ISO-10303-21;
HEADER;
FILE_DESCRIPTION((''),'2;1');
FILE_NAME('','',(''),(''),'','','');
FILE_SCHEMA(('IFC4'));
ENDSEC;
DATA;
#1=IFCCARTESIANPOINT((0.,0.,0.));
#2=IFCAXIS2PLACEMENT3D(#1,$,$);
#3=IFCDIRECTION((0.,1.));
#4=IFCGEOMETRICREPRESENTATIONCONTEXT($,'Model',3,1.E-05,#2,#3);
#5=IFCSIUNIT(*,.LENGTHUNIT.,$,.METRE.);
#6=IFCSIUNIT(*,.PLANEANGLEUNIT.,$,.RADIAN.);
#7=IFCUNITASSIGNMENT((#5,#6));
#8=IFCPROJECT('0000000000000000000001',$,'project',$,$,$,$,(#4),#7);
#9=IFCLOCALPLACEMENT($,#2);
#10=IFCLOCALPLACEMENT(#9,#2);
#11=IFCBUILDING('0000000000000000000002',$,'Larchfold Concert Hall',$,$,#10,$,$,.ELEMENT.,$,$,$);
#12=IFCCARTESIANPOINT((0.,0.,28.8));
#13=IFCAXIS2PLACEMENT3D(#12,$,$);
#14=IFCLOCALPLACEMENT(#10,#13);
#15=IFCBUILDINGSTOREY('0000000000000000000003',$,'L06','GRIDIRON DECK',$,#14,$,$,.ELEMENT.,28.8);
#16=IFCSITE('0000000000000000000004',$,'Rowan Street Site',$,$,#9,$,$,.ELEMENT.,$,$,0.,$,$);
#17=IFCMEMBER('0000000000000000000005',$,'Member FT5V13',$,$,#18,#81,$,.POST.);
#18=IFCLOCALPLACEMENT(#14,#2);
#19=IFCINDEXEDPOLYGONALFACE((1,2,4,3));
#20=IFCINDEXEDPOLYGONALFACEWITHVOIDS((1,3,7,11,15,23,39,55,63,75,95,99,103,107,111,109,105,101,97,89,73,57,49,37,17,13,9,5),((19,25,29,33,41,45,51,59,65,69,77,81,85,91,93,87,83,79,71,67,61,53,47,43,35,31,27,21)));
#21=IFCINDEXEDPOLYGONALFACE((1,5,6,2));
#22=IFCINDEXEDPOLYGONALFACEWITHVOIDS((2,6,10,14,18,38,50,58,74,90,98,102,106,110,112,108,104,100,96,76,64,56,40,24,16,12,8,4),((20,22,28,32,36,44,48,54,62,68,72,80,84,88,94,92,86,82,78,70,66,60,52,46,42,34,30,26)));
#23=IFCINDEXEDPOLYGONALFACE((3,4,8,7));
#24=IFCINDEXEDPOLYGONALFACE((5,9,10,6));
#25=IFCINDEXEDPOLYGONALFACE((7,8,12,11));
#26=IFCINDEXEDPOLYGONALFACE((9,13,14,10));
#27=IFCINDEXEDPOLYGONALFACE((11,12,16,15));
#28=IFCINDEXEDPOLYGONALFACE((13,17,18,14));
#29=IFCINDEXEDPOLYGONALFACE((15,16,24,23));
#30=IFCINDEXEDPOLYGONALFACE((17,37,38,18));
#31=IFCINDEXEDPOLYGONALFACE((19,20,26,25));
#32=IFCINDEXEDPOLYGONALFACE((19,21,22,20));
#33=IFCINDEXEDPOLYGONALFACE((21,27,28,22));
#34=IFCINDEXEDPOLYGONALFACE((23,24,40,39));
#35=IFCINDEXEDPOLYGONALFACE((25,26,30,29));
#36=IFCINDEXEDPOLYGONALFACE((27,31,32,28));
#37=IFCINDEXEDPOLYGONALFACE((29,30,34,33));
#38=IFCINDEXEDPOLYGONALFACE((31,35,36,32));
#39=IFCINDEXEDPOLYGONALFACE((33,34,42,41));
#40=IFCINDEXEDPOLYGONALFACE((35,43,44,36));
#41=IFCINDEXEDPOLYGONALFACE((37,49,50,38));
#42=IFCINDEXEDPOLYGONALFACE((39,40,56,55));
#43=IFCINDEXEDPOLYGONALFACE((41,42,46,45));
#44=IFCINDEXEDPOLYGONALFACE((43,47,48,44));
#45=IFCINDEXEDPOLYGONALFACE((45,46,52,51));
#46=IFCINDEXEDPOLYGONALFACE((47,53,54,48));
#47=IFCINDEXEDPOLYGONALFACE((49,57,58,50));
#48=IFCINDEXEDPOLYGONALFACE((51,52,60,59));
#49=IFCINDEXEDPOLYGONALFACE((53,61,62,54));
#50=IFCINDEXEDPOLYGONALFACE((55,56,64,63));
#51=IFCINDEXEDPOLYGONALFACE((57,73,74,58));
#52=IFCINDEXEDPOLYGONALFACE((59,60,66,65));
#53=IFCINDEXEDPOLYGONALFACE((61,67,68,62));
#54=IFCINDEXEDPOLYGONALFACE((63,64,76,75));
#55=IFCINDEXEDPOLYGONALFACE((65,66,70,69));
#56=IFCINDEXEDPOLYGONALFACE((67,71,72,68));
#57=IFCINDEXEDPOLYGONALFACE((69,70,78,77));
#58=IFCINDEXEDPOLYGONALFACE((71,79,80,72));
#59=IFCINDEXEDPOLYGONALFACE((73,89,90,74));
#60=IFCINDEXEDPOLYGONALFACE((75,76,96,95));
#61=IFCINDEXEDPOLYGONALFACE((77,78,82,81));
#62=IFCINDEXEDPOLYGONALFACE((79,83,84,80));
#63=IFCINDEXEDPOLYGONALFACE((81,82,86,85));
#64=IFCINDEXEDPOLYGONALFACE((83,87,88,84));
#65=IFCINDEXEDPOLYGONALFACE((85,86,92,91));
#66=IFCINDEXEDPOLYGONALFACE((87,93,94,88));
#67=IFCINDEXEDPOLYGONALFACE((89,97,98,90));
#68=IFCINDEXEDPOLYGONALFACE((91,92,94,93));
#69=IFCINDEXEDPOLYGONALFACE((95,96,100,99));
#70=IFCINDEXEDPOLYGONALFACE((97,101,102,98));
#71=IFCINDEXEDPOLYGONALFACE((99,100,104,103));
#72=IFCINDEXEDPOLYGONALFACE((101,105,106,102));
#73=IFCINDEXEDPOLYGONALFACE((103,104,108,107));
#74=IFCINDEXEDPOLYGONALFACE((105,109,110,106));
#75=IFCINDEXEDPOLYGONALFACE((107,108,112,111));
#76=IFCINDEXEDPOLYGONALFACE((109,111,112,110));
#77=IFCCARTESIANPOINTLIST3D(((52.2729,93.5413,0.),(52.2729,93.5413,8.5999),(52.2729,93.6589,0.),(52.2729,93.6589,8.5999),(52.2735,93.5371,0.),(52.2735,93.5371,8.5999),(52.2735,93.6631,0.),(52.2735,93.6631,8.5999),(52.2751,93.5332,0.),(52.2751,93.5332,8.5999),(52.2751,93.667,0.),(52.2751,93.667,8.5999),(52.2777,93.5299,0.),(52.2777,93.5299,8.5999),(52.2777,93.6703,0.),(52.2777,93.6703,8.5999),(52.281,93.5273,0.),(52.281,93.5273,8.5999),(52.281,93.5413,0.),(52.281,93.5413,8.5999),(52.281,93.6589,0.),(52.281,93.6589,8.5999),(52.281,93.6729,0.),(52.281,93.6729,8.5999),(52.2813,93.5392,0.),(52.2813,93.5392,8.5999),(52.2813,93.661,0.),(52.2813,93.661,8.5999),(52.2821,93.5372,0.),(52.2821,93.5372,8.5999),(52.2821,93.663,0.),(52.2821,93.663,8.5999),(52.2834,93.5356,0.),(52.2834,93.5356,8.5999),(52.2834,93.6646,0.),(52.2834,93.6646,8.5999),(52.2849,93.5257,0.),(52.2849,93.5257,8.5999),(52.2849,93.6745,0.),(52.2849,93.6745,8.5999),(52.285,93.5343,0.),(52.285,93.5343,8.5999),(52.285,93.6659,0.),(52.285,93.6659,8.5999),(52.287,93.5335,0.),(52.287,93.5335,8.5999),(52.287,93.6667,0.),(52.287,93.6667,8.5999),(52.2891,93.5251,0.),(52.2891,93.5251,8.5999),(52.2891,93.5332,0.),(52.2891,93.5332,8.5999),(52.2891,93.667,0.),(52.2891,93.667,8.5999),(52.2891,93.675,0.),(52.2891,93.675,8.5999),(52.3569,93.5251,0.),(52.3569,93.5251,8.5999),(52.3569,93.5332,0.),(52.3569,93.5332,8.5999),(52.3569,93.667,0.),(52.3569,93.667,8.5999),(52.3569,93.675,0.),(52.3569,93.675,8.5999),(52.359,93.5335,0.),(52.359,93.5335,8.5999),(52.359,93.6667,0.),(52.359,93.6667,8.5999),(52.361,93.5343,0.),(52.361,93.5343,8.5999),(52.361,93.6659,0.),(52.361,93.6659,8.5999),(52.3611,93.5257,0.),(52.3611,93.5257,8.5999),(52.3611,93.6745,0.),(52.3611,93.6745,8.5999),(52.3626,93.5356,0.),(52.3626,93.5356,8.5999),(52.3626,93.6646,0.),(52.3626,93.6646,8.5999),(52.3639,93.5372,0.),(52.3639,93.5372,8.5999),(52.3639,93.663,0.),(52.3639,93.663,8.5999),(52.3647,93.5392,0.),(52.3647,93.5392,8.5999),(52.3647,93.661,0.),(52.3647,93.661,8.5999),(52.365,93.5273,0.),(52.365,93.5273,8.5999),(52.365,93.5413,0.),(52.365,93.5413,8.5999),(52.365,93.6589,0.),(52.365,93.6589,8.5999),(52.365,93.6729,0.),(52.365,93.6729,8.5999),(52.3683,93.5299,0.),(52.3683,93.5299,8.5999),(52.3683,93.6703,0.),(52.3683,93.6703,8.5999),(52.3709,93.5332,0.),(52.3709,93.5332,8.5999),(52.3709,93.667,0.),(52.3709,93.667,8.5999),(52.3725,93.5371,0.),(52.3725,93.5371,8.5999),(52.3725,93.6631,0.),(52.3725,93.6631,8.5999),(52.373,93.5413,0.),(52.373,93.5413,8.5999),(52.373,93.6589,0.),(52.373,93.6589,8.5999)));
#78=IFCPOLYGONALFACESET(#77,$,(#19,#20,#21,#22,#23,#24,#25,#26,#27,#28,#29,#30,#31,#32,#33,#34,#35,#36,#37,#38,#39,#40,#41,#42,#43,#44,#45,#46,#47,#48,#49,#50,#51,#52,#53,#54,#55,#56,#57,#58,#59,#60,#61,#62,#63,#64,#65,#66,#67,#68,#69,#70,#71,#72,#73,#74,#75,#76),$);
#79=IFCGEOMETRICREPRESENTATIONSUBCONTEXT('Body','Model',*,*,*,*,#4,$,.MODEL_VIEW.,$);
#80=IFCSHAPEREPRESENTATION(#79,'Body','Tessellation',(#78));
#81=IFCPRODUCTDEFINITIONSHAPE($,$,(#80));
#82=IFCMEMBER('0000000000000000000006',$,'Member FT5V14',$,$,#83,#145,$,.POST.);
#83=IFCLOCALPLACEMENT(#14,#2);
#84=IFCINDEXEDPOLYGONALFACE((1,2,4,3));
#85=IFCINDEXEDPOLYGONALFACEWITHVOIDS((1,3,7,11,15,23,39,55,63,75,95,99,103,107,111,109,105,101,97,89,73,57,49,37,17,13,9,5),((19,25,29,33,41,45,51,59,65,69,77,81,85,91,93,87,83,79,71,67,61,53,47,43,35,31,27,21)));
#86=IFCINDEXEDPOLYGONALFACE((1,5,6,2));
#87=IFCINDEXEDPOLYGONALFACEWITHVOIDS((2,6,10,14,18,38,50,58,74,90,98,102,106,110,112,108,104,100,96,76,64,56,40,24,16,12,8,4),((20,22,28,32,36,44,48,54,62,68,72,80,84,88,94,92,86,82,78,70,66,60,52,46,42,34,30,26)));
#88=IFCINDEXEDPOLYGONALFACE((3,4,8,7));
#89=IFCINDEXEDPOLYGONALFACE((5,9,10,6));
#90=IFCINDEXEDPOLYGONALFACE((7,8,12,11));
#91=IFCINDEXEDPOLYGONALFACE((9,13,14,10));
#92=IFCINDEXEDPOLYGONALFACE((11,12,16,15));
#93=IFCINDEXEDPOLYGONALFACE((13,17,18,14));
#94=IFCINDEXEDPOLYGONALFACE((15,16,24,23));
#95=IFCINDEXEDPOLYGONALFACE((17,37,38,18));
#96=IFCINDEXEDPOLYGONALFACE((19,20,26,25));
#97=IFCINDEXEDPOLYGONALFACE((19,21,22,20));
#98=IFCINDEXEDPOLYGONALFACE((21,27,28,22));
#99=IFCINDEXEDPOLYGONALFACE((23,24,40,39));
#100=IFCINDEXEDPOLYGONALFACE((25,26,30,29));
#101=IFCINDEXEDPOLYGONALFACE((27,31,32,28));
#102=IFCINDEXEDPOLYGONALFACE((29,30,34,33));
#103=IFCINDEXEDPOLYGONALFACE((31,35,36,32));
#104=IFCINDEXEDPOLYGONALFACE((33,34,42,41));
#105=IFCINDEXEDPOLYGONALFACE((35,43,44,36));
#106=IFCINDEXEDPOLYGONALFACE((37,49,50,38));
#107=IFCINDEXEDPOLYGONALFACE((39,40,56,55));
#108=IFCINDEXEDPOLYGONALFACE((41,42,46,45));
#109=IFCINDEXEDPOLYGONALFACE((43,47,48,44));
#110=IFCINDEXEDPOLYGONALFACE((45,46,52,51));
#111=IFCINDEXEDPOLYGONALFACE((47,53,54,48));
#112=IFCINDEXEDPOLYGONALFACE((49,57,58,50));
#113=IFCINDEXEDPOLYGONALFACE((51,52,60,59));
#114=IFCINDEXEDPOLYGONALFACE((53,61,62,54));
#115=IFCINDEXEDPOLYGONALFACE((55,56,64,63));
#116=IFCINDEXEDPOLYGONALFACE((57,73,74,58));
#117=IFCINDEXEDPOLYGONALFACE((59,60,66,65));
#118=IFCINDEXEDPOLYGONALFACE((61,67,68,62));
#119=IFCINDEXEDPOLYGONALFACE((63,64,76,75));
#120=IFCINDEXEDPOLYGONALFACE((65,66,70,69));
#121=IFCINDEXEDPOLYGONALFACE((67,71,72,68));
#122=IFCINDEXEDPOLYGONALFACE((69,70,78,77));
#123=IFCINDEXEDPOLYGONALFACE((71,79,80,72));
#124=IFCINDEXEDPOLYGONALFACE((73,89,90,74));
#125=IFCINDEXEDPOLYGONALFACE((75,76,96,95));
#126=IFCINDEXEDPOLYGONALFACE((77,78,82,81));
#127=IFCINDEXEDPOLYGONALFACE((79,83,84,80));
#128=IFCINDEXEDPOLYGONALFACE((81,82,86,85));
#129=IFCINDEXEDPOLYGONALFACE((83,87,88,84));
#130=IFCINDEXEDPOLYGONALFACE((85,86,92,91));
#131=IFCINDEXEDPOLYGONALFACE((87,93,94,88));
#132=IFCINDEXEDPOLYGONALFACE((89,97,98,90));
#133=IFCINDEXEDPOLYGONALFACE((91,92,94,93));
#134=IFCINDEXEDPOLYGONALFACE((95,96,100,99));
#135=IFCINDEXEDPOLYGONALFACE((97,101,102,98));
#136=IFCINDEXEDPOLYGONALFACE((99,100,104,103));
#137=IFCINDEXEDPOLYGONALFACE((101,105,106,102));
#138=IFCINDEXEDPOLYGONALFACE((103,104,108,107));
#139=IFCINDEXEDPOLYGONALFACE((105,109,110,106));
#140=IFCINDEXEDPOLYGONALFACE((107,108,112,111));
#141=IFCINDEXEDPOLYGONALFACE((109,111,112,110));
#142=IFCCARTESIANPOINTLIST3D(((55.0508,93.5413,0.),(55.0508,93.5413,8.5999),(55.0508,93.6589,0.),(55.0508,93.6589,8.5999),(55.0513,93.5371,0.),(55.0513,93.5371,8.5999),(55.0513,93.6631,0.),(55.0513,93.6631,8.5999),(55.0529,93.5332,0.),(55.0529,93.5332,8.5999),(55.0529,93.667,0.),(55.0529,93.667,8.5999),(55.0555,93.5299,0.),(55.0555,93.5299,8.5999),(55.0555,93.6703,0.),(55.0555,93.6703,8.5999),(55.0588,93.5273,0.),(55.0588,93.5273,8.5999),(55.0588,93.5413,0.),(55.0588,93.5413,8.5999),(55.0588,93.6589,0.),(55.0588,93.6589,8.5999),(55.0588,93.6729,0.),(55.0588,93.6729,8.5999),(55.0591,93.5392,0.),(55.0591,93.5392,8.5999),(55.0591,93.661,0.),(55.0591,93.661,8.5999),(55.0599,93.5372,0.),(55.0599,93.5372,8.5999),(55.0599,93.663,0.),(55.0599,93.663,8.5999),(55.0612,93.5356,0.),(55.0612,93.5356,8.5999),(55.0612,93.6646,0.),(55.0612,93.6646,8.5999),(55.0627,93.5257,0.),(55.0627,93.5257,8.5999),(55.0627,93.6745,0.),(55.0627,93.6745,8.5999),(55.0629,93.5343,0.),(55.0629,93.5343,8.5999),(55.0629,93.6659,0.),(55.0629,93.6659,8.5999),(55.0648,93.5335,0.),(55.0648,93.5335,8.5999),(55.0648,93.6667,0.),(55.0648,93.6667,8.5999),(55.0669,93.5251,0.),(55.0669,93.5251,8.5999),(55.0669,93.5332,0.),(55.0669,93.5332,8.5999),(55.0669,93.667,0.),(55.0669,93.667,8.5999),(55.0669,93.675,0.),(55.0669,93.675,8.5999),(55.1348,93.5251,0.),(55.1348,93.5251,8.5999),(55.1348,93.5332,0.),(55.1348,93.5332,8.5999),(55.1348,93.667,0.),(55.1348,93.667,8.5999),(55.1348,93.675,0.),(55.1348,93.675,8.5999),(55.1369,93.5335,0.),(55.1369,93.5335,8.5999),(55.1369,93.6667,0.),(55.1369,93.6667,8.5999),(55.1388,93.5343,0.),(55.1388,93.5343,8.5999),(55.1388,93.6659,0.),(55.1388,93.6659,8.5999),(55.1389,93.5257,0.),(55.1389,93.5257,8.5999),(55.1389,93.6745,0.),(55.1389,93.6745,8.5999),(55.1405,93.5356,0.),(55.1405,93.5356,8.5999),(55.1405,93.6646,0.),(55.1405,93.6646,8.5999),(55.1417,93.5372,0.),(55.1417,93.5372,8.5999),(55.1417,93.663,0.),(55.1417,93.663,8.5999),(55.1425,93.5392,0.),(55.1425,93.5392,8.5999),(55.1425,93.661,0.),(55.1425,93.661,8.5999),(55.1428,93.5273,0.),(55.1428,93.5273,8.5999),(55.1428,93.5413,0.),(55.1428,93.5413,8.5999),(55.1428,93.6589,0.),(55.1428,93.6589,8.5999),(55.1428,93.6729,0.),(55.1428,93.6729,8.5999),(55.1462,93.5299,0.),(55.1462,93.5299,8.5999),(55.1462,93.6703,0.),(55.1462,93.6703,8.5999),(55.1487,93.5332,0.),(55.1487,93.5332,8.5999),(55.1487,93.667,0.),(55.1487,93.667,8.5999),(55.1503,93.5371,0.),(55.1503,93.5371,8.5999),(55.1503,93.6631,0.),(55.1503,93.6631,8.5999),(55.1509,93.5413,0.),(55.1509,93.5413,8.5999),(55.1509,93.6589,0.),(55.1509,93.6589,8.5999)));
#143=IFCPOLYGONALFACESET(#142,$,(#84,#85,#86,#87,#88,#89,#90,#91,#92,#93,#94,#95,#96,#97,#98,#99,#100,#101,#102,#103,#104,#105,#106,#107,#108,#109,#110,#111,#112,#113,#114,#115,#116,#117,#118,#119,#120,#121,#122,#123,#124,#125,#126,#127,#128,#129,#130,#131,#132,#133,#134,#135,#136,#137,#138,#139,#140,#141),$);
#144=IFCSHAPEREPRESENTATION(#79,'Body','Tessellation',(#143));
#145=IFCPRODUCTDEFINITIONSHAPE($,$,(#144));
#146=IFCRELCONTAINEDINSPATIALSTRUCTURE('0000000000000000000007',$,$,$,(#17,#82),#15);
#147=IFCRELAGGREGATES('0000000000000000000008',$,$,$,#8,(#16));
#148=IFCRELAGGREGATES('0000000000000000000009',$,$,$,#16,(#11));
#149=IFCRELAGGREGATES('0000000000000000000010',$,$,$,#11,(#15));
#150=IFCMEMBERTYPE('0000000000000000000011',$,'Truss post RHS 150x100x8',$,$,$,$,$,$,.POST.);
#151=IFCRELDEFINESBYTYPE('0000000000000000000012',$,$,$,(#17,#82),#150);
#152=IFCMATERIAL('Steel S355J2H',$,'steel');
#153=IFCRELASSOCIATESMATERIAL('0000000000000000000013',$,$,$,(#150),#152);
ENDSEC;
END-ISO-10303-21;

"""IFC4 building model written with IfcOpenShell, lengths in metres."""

from ifc_helpers import new_model, si_unit, direction, frame, origin, origin_2d, place, context, subcontext, project, spatial, hollow_rectangle, extrude, material, material_profile, profile_set, type_object, element, save


model = new_model("IFC4")

# Units and contexts
model_context = context("Model", 3, precision=1e-05, world=origin(), true_north=direction((0.0, 1.0)))
body_context = subcontext(model_context, "Body", "Model", "MODEL_VIEW")
ifc_project = project(units=[si_unit("LENGTHUNIT", "METRE"), si_unit("PLANEANGLEUNIT", "RADIAN")], contexts=[model_context])

# Site, building, storey
site_placement = place(None, origin())
site = spatial("IfcSite", under=ifc_project, at=site_placement, Name="Rowan Street Site", CompositionType="ELEMENT", RefElevation=0.0)
building_placement = place(site_placement, origin())
building = spatial("IfcBuilding", under=site, at=building_placement, Name="Larchfold Concert Hall", CompositionType="ELEMENT")
storey_placement = place(building_placement, frame((0.0, 0.0, 28.8)))
storey = spatial("IfcBuildingStorey", under=building, at=storey_placement, Name="L06", Description="GRIDIRON DECK", CompositionType="ELEMENT", Elevation=28.8)

# Members
ifc_material_1 = material(Name="Steel S355J2H", Category="steel")
ifc_material_profile_1 = material_profile(ifc_material_1, hollow_rectangle(XDim=0.1001, YDim=0.1499, WallThickness=0.0081, InnerFilletRadius=0.0081, OuterFilletRadius=0.0161, at=origin_2d()))
ifc_profile_set_1 = profile_set([ifc_material_profile_1], Name="Steel S355J2H")
member_type_1 = type_object("IfcMemberType", Name="Truss post RHS 150x100x8", PredefinedType="POST", material=ifc_profile_set_1)
for number, where, z_axis, x_axis, name in (
    (1, (52.323, 93.6001, 8.5999), (0.0, 0.0, -1.0), (1.0, 0.0, 0.0), "Member FT5V13"),
    (2, (55.1008, 93.6001, 8.5999), (0.0, 0.0, -1.0), (1.0, 0.0, 0.0), "Member FT5V14"),
):
    element("IfcMember", number, at=place(storey_placement, frame(where, z_axis=z_axis, x_axis=x_axis)), inside=storey, type_object=member_type_1, Name=name, PredefinedType="POST", context=body_context, shape_type="SweptSolid", body=[
        extrude(hollow_rectangle(XDim=0.1001, YDim=0.1499, WallThickness=0.0081, InnerFilletRadius=0.0081, OuterFilletRadius=0.0161, at=origin_2d()), origin(), (0.0, 0.0, 1.0), 8.5999),
    ])

save(model, "model.ifc")
